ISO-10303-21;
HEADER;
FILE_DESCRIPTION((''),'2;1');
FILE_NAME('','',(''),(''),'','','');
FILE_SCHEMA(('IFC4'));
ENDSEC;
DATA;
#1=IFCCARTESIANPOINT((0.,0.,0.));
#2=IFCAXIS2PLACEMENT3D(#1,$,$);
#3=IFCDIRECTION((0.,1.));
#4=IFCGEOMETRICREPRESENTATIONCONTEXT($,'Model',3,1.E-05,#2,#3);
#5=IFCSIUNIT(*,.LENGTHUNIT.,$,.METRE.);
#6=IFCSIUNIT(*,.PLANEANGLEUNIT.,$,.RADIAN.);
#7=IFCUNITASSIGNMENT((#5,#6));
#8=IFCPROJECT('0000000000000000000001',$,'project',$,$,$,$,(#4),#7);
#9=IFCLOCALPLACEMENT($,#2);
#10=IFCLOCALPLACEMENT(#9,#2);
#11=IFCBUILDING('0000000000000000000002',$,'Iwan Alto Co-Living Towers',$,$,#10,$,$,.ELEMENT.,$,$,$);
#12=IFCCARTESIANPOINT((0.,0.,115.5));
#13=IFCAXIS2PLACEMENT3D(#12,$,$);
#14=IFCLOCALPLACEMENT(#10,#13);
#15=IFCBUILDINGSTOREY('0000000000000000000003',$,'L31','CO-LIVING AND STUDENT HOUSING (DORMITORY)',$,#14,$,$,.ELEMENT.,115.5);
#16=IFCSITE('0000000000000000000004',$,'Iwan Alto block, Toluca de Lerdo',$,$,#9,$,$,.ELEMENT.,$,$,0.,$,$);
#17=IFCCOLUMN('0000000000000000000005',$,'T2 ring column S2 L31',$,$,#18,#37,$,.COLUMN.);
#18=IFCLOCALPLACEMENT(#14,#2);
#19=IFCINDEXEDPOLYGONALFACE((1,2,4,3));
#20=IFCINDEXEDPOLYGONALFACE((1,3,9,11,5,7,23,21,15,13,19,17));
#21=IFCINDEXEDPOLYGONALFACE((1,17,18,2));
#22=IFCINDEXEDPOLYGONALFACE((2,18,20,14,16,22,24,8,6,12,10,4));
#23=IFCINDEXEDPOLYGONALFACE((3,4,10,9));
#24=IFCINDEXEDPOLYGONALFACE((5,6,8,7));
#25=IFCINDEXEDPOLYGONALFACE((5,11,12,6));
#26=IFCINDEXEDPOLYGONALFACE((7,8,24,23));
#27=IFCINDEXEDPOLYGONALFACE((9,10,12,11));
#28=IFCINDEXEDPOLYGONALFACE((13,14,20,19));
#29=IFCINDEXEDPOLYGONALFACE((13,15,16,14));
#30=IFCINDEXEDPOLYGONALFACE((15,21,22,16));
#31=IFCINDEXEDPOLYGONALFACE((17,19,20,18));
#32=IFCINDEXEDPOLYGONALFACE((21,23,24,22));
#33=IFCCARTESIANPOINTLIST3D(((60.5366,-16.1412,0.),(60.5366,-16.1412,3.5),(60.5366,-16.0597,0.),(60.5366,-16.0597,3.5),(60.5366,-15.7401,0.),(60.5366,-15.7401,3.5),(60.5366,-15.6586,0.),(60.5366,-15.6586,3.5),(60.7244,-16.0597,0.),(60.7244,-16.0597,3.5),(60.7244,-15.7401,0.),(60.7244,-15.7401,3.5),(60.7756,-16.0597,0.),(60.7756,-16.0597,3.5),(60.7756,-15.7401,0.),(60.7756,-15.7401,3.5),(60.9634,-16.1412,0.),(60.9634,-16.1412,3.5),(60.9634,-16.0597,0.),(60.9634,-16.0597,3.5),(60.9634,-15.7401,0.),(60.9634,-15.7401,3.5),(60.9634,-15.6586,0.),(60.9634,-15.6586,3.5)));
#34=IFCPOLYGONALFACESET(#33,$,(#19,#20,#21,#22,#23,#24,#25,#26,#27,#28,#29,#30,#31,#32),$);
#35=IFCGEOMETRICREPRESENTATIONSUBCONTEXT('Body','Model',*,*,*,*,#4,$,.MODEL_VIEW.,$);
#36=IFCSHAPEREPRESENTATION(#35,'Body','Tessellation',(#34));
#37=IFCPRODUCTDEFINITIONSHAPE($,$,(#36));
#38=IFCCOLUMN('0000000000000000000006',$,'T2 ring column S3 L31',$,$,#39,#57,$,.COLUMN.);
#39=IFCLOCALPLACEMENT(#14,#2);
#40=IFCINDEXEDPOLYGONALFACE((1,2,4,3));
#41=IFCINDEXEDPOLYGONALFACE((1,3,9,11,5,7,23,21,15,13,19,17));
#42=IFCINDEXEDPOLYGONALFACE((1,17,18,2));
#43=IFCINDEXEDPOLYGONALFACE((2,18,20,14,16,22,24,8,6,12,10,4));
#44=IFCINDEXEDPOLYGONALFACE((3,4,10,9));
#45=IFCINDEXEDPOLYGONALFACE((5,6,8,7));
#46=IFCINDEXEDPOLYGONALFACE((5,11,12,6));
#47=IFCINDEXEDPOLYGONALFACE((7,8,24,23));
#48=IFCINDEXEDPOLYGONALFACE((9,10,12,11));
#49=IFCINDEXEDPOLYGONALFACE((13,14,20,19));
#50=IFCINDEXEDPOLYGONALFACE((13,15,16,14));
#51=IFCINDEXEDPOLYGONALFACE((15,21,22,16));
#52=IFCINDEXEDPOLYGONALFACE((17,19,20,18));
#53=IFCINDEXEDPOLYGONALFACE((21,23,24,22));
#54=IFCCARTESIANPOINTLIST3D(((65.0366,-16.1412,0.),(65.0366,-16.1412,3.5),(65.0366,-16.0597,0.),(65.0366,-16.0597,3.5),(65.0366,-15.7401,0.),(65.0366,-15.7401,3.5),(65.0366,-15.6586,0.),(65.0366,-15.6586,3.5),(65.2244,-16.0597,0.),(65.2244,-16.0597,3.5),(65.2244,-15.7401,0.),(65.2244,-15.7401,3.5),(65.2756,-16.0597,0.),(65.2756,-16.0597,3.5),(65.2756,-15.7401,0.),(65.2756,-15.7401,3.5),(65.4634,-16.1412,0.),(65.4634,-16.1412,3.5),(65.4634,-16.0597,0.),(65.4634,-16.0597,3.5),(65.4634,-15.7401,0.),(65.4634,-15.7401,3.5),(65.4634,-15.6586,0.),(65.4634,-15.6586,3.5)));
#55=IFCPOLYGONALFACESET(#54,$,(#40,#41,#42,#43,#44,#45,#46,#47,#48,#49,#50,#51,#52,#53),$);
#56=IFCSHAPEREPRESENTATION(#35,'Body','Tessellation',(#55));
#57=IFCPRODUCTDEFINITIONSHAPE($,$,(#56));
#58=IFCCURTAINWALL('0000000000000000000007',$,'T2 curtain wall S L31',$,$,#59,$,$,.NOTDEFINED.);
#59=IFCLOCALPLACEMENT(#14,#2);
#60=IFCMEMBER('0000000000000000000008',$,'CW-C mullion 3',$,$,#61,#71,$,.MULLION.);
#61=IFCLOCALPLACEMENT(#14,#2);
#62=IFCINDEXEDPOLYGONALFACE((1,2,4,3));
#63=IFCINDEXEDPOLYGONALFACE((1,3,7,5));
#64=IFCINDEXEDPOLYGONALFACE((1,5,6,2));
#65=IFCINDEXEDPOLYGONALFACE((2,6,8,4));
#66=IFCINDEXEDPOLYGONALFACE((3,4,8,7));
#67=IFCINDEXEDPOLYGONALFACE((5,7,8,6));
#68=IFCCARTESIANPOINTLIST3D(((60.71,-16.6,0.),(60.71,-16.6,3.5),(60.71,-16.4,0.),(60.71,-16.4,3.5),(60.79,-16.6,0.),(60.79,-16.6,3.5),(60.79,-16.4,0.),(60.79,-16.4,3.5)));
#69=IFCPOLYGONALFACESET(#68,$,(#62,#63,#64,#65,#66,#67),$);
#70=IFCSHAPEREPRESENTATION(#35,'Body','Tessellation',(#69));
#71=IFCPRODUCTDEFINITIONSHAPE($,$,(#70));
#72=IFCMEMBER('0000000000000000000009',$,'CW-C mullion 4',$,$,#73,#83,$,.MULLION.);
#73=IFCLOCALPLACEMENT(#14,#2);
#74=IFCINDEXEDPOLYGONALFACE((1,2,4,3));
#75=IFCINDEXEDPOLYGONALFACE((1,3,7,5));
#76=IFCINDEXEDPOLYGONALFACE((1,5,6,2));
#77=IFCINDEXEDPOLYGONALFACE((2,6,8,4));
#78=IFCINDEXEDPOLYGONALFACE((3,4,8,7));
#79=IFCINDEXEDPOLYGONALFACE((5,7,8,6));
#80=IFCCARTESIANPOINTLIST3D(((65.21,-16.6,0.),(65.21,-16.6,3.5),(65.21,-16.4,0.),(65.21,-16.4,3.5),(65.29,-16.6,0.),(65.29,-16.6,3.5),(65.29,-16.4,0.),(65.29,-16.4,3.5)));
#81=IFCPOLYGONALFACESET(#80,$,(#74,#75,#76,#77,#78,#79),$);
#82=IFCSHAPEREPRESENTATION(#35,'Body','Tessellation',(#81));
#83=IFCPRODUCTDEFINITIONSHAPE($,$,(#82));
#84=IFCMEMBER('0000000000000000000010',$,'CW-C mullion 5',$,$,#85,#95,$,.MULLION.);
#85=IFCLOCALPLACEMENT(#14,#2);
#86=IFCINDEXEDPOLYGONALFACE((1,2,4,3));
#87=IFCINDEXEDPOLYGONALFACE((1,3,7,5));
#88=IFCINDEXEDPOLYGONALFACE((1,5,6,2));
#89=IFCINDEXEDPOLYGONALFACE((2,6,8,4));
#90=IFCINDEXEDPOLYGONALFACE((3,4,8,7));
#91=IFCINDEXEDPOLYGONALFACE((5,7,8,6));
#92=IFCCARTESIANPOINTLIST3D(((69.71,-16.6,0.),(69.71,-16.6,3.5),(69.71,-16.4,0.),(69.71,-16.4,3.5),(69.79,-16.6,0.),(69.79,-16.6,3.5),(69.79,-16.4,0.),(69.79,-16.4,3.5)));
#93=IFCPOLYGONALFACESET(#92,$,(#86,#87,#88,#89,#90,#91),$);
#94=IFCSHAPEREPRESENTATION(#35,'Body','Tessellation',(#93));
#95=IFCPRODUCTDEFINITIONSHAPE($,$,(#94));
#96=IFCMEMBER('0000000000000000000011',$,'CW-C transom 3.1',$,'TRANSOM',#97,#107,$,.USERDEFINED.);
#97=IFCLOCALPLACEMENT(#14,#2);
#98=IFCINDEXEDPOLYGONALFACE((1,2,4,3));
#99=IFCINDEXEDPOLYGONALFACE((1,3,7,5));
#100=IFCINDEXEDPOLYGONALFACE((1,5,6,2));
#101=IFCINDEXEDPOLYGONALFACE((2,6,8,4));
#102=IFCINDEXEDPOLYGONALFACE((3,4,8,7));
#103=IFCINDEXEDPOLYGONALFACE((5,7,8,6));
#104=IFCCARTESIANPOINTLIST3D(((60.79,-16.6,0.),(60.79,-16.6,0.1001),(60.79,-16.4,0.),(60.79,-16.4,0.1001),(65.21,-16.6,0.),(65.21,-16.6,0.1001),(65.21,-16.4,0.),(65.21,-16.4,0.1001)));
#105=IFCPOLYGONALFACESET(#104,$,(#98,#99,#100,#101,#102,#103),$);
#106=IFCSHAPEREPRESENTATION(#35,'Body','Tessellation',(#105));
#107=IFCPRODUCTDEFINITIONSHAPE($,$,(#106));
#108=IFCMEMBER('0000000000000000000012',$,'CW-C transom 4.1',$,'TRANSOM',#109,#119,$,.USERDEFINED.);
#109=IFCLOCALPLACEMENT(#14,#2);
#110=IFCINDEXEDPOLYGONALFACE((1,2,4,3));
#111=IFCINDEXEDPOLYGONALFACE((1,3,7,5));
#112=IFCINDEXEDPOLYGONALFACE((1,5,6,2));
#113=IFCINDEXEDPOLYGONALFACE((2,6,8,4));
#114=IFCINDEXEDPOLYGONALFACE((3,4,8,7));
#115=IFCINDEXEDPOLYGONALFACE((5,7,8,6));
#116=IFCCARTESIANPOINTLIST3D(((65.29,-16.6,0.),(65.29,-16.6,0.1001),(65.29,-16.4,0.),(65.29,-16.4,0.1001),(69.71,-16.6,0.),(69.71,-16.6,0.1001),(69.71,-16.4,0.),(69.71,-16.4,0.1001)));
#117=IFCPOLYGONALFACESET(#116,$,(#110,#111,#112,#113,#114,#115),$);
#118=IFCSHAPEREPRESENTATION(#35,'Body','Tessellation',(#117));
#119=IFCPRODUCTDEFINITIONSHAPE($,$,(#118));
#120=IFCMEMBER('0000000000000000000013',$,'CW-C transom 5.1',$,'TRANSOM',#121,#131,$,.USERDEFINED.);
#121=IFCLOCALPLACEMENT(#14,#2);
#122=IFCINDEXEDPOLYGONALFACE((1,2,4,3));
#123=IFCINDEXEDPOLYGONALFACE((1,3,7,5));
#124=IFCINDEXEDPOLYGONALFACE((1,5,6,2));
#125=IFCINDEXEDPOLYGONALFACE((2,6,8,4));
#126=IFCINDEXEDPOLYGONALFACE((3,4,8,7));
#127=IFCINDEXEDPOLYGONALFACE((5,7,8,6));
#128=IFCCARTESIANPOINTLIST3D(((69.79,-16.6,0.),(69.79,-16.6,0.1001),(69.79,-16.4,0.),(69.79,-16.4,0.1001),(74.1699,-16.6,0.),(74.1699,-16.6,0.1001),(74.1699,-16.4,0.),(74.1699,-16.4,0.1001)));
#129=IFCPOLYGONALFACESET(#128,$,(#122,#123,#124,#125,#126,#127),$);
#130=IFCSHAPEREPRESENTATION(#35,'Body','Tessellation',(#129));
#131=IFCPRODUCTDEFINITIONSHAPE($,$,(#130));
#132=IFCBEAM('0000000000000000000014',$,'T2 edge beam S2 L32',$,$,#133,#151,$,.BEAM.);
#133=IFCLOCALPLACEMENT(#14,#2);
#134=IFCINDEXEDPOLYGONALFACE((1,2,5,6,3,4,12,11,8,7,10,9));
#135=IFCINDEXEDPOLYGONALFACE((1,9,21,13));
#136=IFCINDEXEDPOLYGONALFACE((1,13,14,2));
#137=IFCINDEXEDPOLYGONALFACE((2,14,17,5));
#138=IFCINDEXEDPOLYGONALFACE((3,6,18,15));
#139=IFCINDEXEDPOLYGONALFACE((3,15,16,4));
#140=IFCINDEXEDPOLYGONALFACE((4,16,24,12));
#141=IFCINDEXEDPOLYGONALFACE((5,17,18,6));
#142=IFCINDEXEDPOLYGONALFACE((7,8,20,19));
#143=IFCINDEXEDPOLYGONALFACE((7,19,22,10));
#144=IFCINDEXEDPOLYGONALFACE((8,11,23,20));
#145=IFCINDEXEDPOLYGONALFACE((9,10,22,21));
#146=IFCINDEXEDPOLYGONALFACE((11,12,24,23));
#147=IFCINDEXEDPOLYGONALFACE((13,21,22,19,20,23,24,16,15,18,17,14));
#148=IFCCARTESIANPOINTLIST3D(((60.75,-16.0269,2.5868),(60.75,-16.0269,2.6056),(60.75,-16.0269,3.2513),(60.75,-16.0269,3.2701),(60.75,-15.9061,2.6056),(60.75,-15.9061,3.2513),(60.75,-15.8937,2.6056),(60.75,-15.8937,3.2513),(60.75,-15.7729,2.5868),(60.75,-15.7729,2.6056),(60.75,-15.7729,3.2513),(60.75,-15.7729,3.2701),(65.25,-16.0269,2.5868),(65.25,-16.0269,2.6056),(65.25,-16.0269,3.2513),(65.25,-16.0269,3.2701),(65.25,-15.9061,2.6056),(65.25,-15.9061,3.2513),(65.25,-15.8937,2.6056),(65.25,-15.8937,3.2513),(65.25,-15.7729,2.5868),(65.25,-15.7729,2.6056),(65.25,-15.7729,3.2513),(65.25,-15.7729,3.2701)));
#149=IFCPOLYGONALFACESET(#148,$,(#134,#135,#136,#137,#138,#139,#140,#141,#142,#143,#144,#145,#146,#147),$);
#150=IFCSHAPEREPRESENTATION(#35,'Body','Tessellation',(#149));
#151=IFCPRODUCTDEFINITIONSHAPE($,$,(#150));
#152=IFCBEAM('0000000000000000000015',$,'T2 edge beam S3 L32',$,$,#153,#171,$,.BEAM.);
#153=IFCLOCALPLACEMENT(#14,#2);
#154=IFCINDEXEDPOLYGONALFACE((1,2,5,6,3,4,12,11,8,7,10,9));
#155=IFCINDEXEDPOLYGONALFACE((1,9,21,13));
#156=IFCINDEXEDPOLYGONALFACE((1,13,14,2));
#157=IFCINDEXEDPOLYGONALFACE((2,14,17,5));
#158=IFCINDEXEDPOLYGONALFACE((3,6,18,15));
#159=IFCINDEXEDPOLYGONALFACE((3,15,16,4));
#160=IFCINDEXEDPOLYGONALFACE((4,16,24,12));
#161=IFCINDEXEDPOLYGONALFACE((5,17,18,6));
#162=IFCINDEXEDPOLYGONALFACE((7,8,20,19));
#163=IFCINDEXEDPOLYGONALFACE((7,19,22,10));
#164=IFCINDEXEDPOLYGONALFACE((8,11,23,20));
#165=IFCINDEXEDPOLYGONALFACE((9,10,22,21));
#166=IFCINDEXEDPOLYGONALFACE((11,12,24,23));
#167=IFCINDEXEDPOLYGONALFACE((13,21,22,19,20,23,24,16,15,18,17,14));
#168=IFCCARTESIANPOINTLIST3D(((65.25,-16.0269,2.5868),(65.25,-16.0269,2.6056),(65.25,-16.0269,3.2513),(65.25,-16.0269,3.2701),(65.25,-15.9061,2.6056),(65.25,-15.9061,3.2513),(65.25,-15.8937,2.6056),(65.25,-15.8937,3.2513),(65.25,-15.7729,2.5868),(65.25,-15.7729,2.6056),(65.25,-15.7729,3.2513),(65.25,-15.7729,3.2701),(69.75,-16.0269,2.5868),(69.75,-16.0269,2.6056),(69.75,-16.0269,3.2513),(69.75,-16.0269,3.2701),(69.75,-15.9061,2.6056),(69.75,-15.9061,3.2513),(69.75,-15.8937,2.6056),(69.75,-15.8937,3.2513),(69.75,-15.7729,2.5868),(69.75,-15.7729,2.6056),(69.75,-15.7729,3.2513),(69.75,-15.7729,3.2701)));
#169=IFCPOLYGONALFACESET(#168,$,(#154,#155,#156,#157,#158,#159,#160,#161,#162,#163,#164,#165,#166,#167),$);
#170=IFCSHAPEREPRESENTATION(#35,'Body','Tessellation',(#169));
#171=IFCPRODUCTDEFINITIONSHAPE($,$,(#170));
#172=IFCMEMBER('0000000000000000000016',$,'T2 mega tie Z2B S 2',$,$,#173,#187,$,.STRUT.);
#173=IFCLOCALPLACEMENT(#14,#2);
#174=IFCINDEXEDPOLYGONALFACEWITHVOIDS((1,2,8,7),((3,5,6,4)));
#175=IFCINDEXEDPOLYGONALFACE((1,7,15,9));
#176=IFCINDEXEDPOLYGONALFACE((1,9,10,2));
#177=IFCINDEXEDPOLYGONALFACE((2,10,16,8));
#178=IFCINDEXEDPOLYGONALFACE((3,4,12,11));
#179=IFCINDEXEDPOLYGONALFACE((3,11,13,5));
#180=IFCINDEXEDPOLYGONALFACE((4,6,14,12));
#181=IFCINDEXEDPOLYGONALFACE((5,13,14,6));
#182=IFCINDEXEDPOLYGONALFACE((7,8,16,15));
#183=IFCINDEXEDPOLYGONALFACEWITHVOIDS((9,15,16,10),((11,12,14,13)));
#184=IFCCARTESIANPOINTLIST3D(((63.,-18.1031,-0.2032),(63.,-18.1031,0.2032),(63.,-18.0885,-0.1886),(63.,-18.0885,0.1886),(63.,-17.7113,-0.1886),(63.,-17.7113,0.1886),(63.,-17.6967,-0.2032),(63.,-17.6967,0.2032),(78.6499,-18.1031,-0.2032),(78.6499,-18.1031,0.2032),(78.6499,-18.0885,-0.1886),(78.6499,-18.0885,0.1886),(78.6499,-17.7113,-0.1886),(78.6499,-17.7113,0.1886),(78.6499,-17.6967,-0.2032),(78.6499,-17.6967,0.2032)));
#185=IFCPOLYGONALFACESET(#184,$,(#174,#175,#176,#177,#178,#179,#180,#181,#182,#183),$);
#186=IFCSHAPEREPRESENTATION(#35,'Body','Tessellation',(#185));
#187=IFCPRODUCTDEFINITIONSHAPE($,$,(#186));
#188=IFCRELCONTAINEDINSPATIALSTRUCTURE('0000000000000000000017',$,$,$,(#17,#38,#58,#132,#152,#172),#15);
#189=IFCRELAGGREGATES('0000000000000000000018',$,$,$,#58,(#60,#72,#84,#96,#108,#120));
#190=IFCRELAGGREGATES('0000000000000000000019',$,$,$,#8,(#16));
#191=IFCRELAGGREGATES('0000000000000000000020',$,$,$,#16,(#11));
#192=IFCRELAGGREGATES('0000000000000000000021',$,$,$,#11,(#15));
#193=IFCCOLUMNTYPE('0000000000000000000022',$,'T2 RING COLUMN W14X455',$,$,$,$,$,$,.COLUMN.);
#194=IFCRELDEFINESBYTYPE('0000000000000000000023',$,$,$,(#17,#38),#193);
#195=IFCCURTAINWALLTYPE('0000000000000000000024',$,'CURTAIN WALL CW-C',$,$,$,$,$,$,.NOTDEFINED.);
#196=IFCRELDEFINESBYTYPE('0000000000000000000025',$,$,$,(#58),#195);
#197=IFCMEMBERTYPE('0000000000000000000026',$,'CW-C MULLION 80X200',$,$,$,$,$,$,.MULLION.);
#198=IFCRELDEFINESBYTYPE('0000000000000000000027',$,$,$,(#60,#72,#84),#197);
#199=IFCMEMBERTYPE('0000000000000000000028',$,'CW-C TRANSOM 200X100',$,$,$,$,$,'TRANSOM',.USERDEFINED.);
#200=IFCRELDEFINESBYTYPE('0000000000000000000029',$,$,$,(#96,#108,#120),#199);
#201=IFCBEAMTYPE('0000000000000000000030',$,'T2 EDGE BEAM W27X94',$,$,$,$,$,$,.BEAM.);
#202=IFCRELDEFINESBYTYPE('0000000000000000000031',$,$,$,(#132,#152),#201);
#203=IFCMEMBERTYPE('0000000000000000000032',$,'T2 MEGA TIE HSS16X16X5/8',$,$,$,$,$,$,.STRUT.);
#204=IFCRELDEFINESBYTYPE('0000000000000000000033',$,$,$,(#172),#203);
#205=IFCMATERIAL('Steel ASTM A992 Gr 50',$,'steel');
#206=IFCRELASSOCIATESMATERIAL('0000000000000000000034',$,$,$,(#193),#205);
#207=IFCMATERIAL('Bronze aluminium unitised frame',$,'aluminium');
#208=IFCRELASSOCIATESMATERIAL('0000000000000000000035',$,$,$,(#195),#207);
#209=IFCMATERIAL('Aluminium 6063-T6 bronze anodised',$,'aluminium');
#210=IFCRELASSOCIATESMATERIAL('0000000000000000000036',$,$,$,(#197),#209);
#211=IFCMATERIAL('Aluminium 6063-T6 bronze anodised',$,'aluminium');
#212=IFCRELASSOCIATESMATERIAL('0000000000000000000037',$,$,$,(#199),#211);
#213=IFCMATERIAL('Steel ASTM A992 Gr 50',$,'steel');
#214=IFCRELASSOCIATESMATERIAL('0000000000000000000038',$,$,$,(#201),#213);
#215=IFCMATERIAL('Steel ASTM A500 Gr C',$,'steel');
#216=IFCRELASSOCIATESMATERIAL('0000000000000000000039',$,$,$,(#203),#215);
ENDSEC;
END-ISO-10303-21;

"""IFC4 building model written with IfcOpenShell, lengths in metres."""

from ifc_helpers import new_model, si_unit, direction, frame, origin, origin_2d, place, context, subcontext, project, spatial, rectangle, hollow_rectangle, i_section, extrude, material, material_profile, profile_set, type_object, element, aggregate, save


model = new_model("IFC4")

# Units and contexts
model_context = context("Model", 3, precision=1e-05, world=origin(), true_north=direction((0.0, 1.0)))
body_context = subcontext(model_context, "Body", "Model", "MODEL_VIEW")
ifc_project = project(units=[si_unit("LENGTHUNIT", "METRE"), si_unit("PLANEANGLEUNIT", "RADIAN")], contexts=[model_context])

# Site, building, storey
site_placement = place(None, origin())
site = spatial("IfcSite", under=ifc_project, at=site_placement, Name="Iwan Alto block, Toluca de Lerdo", CompositionType="ELEMENT", RefElevation=0.0)
building_placement = place(site_placement, origin())
building = spatial("IfcBuilding", under=site, at=building_placement, Name="Iwan Alto Co-Living Towers", CompositionType="ELEMENT")
storey_placement = place(building_placement, frame((0.0, 0.0, 115.5)))
storey = spatial("IfcBuildingStorey", under=building, at=storey_placement, Name="L31", Description="CO-LIVING AND STUDENT HOUSING (DORMITORY)", CompositionType="ELEMENT", Elevation=115.5)

# Columns
ifc_material_1 = material(Name="Steel ASTM A992 Gr 50", Category="steel")
ifc_material_profile_1 = material_profile(ifc_material_1, i_section(OverallWidth=0.4268, OverallDepth=0.4827, WebThickness=0.0513, FlangeThickness=0.0815, at=origin_2d()), Name="W14X455")
ifc_profile_set_1 = profile_set([ifc_material_profile_1], Name="Steel ASTM A992 Gr 50")
column_type = type_object("IfcColumnType", Name="T2 RING COLUMN W14X455", PredefinedType="COLUMN", material=ifc_profile_set_1)
for number, where, z_axis, x_axis, name in (
    (1, (60.75, -15.8999, 0.0), (0.0, 0.0, 1.0), (1.0, 0.0, 0.0), "T2 ring column S2 L31"),
    (2, (65.25, -15.8999, 0.0), (0.0, 0.0, 1.0), (1.0, 0.0, 0.0), "T2 ring column S3 L31"),
):
    element("IfcColumn", number, at=place(storey_placement, frame(where, z_axis=z_axis, x_axis=x_axis)), inside=storey, type_object=column_type, Name=name, PredefinedType="COLUMN", context=body_context, shape_type="SweptSolid", body=[
        extrude(i_section(OverallWidth=0.4268, OverallDepth=0.4827, WebThickness=0.0513, FlangeThickness=0.0815, at=origin_2d()), origin(), (0.0, 0.0, 1.0), 3.5),
    ])

# Curtain wall, members
ifc_material_2 = material(Name="Bronze aluminium unitised frame", Category="aluminium")
curtain_wall_type = type_object("IfcCurtainWallType", Name="CURTAIN WALL CW-C", PredefinedType="NOTDEFINED", material=ifc_material_2)
curtain_wall_placement = place(storey_placement, origin())
curtain_wall = element("IfcCurtainWall", 3, at=curtain_wall_placement, inside=storey, type_object=curtain_wall_type, Name="T2 curtain wall S L31", PredefinedType="NOTDEFINED")
ifc_material_3 = material(Name="Aluminium 6063-T6 bronze anodised", Category="aluminium")
ifc_material_profile_2 = material_profile(ifc_material_3, rectangle(XDim=0.2, YDim=0.0801, at=origin_2d()), Name="AL 80X200")
ifc_profile_set_2 = profile_set([ifc_material_profile_2], Name="Aluminium 6063-T6 bronze anodised")
member_type_1 = type_object("IfcMemberType", Name="CW-C MULLION 80X200", PredefinedType="MULLION", material=ifc_profile_set_2)
member_1_placement = place(storey_placement, frame((60.75, -16.5, 0.0), z_axis=(0.0, 0.0, 1.0), x_axis=(0.0, 1.0, 0.0)))
member_1 = element("IfcMember", 4, at=member_1_placement, type_object=member_type_1, Name="CW-C mullion 3", PredefinedType="MULLION", context=body_context, shape_type="SweptSolid", body=[
    extrude(rectangle(XDim=0.2, YDim=0.0801, at=origin_2d()), origin(), (0.0, 0.0, 1.0), 3.5),
])
member_2_placement = place(storey_placement, frame((65.25, -16.5, 0.0), z_axis=(0.0, 0.0, 1.0), x_axis=(0.0, 1.0, 0.0)))
member_2 = element("IfcMember", 5, at=member_2_placement, type_object=member_type_1, Name="CW-C mullion 4", PredefinedType="MULLION", context=body_context, shape_type="SweptSolid", body=[
    extrude(rectangle(XDim=0.2, YDim=0.0801, at=origin_2d()), origin(), (0.0, 0.0, 1.0), 3.5),
])
member_3_placement = place(storey_placement, frame((69.75, -16.5, 0.0), z_axis=(0.0, 0.0, 1.0), x_axis=(0.0, 1.0, 0.0)))
member_3 = element("IfcMember", 6, at=member_3_placement, type_object=member_type_1, Name="CW-C mullion 5", PredefinedType="MULLION", context=body_context, shape_type="SweptSolid", body=[
    extrude(rectangle(XDim=0.2, YDim=0.0801, at=origin_2d()), origin(), (0.0, 0.0, 1.0), 3.5),
])
ifc_material_4 = material(Name="Aluminium 6063-T6 bronze anodised", Category="aluminium")
ifc_material_profile_3 = material_profile(ifc_material_4, rectangle(XDim=0.2, YDim=0.1001, at=origin_2d()), Name="AL 200X100")
ifc_profile_set_3 = profile_set([ifc_material_profile_3], Name="Aluminium 6063-T6 bronze anodised")
member_type_2 = type_object("IfcMemberType", Name="CW-C TRANSOM 200X100", ElementType="TRANSOM", PredefinedType="USERDEFINED", material=ifc_profile_set_3)
member_4_placement = place(storey_placement, frame((60.79, -16.5, 0.05), z_axis=(1.0, 0.0, 0.0), x_axis=(0.0, 1.0, 0.0)))
member_4 = element("IfcMember", 7, at=member_4_placement, type_object=member_type_2, Name="CW-C transom 3.1", ObjectType="TRANSOM", PredefinedType="USERDEFINED", context=body_context, shape_type="SweptSolid", body=[
    extrude(rectangle(XDim=0.2, YDim=0.1001, at=origin_2d()), origin(), (0.0, 0.0, 1.0), 4.4199),
])
member_5_placement = place(storey_placement, frame((65.29, -16.5, 0.05), z_axis=(1.0, 0.0, 0.0), x_axis=(0.0, 1.0, 0.0)))
member_5 = element("IfcMember", 8, at=member_5_placement, type_object=member_type_2, Name="CW-C transom 4.1", ObjectType="TRANSOM", PredefinedType="USERDEFINED", context=body_context, shape_type="SweptSolid", body=[
    extrude(rectangle(XDim=0.2, YDim=0.1001, at=origin_2d()), origin(), (0.0, 0.0, 1.0), 4.4199),
])
member_6_placement = place(storey_placement, frame((69.79, -16.5, 0.05), z_axis=(1.0, 0.0, 0.0), x_axis=(0.0, 1.0, 0.0)))
member_6 = element("IfcMember", 9, at=member_6_placement, type_object=member_type_2, Name="CW-C transom 5.1", ObjectType="TRANSOM", PredefinedType="USERDEFINED", context=body_context, shape_type="SweptSolid", body=[
    extrude(rectangle(XDim=0.2, YDim=0.1001, at=origin_2d()), origin(), (0.0, 0.0, 1.0), 4.3799),
])

# Beams
ifc_material_5 = material(Name="Steel ASTM A992 Gr 50", Category="steel")
ifc_material_profile_4 = material_profile(ifc_material_5, i_section(OverallWidth=0.2539, OverallDepth=0.6833, WebThickness=0.0125, FlangeThickness=0.0188, at=origin_2d()), Name="W27X94")
ifc_profile_set_4 = profile_set([ifc_material_profile_4], Name="Steel ASTM A992 Gr 50")
beam_type_1 = type_object("IfcBeamType", Name="T2 EDGE BEAM W27X94", PredefinedType="BEAM", material=ifc_profile_set_4)
for number, where, z_axis, x_axis, name in (
    (10, (60.75, -15.8999, 2.9285), (1.0, 0.0, 0.0), (0.0, 1.0, 0.0), "T2 edge beam S2 L32"),
    (11, (65.25, -15.8999, 2.9285), (1.0, 0.0, 0.0), (0.0, 1.0, 0.0), "T2 edge beam S3 L32"),
):
    element("IfcBeam", number, at=place(storey_placement, frame(where, z_axis=z_axis, x_axis=x_axis)), inside=storey, type_object=beam_type_1, Name=name, PredefinedType="BEAM", context=body_context, shape_type="SweptSolid", body=[
        extrude(i_section(OverallWidth=0.2539, OverallDepth=0.6833, WebThickness=0.0125, FlangeThickness=0.0188, at=origin_2d()), origin(), (0.0, 0.0, 1.0), 4.5),
    ])

# Member
ifc_material_6 = material(Name="Steel ASTM A500 Gr C", Category="steel")
ifc_material_profile_5 = material_profile(ifc_material_6, hollow_rectangle(XDim=0.4065, YDim=0.4065, WallThickness=0.0146, at=origin_2d()), Name="HSS16X16X5/8")
ifc_profile_set_5 = profile_set([ifc_material_profile_5], Name="Steel ASTM A500 Gr C")
member_type_3 = type_object("IfcMemberType", Name="T2 MEGA TIE HSS16X16X5/8", PredefinedType="STRUT", material=ifc_profile_set_5)
member_7_placement = place(storey_placement, frame((63.0, -17.8999, 0.0), z_axis=(1.0, 0.0, 0.0), x_axis=(0.0, 1.0, 0.0)))
element("IfcMember", 12, at=member_7_placement, inside=storey, type_object=member_type_3, Name="T2 mega tie Z2B S 2", PredefinedType="STRUT", context=body_context, shape_type="SweptSolid", body=[
    extrude(hollow_rectangle(XDim=0.4065, YDim=0.4065, WallThickness=0.0146, at=origin_2d()), origin(), (0.0, 0.0, 1.0), 15.6499),
])

aggregate(curtain_wall, [member_1, member_2, member_3, member_4, member_5, member_6])

save(model, "model.ifc")
